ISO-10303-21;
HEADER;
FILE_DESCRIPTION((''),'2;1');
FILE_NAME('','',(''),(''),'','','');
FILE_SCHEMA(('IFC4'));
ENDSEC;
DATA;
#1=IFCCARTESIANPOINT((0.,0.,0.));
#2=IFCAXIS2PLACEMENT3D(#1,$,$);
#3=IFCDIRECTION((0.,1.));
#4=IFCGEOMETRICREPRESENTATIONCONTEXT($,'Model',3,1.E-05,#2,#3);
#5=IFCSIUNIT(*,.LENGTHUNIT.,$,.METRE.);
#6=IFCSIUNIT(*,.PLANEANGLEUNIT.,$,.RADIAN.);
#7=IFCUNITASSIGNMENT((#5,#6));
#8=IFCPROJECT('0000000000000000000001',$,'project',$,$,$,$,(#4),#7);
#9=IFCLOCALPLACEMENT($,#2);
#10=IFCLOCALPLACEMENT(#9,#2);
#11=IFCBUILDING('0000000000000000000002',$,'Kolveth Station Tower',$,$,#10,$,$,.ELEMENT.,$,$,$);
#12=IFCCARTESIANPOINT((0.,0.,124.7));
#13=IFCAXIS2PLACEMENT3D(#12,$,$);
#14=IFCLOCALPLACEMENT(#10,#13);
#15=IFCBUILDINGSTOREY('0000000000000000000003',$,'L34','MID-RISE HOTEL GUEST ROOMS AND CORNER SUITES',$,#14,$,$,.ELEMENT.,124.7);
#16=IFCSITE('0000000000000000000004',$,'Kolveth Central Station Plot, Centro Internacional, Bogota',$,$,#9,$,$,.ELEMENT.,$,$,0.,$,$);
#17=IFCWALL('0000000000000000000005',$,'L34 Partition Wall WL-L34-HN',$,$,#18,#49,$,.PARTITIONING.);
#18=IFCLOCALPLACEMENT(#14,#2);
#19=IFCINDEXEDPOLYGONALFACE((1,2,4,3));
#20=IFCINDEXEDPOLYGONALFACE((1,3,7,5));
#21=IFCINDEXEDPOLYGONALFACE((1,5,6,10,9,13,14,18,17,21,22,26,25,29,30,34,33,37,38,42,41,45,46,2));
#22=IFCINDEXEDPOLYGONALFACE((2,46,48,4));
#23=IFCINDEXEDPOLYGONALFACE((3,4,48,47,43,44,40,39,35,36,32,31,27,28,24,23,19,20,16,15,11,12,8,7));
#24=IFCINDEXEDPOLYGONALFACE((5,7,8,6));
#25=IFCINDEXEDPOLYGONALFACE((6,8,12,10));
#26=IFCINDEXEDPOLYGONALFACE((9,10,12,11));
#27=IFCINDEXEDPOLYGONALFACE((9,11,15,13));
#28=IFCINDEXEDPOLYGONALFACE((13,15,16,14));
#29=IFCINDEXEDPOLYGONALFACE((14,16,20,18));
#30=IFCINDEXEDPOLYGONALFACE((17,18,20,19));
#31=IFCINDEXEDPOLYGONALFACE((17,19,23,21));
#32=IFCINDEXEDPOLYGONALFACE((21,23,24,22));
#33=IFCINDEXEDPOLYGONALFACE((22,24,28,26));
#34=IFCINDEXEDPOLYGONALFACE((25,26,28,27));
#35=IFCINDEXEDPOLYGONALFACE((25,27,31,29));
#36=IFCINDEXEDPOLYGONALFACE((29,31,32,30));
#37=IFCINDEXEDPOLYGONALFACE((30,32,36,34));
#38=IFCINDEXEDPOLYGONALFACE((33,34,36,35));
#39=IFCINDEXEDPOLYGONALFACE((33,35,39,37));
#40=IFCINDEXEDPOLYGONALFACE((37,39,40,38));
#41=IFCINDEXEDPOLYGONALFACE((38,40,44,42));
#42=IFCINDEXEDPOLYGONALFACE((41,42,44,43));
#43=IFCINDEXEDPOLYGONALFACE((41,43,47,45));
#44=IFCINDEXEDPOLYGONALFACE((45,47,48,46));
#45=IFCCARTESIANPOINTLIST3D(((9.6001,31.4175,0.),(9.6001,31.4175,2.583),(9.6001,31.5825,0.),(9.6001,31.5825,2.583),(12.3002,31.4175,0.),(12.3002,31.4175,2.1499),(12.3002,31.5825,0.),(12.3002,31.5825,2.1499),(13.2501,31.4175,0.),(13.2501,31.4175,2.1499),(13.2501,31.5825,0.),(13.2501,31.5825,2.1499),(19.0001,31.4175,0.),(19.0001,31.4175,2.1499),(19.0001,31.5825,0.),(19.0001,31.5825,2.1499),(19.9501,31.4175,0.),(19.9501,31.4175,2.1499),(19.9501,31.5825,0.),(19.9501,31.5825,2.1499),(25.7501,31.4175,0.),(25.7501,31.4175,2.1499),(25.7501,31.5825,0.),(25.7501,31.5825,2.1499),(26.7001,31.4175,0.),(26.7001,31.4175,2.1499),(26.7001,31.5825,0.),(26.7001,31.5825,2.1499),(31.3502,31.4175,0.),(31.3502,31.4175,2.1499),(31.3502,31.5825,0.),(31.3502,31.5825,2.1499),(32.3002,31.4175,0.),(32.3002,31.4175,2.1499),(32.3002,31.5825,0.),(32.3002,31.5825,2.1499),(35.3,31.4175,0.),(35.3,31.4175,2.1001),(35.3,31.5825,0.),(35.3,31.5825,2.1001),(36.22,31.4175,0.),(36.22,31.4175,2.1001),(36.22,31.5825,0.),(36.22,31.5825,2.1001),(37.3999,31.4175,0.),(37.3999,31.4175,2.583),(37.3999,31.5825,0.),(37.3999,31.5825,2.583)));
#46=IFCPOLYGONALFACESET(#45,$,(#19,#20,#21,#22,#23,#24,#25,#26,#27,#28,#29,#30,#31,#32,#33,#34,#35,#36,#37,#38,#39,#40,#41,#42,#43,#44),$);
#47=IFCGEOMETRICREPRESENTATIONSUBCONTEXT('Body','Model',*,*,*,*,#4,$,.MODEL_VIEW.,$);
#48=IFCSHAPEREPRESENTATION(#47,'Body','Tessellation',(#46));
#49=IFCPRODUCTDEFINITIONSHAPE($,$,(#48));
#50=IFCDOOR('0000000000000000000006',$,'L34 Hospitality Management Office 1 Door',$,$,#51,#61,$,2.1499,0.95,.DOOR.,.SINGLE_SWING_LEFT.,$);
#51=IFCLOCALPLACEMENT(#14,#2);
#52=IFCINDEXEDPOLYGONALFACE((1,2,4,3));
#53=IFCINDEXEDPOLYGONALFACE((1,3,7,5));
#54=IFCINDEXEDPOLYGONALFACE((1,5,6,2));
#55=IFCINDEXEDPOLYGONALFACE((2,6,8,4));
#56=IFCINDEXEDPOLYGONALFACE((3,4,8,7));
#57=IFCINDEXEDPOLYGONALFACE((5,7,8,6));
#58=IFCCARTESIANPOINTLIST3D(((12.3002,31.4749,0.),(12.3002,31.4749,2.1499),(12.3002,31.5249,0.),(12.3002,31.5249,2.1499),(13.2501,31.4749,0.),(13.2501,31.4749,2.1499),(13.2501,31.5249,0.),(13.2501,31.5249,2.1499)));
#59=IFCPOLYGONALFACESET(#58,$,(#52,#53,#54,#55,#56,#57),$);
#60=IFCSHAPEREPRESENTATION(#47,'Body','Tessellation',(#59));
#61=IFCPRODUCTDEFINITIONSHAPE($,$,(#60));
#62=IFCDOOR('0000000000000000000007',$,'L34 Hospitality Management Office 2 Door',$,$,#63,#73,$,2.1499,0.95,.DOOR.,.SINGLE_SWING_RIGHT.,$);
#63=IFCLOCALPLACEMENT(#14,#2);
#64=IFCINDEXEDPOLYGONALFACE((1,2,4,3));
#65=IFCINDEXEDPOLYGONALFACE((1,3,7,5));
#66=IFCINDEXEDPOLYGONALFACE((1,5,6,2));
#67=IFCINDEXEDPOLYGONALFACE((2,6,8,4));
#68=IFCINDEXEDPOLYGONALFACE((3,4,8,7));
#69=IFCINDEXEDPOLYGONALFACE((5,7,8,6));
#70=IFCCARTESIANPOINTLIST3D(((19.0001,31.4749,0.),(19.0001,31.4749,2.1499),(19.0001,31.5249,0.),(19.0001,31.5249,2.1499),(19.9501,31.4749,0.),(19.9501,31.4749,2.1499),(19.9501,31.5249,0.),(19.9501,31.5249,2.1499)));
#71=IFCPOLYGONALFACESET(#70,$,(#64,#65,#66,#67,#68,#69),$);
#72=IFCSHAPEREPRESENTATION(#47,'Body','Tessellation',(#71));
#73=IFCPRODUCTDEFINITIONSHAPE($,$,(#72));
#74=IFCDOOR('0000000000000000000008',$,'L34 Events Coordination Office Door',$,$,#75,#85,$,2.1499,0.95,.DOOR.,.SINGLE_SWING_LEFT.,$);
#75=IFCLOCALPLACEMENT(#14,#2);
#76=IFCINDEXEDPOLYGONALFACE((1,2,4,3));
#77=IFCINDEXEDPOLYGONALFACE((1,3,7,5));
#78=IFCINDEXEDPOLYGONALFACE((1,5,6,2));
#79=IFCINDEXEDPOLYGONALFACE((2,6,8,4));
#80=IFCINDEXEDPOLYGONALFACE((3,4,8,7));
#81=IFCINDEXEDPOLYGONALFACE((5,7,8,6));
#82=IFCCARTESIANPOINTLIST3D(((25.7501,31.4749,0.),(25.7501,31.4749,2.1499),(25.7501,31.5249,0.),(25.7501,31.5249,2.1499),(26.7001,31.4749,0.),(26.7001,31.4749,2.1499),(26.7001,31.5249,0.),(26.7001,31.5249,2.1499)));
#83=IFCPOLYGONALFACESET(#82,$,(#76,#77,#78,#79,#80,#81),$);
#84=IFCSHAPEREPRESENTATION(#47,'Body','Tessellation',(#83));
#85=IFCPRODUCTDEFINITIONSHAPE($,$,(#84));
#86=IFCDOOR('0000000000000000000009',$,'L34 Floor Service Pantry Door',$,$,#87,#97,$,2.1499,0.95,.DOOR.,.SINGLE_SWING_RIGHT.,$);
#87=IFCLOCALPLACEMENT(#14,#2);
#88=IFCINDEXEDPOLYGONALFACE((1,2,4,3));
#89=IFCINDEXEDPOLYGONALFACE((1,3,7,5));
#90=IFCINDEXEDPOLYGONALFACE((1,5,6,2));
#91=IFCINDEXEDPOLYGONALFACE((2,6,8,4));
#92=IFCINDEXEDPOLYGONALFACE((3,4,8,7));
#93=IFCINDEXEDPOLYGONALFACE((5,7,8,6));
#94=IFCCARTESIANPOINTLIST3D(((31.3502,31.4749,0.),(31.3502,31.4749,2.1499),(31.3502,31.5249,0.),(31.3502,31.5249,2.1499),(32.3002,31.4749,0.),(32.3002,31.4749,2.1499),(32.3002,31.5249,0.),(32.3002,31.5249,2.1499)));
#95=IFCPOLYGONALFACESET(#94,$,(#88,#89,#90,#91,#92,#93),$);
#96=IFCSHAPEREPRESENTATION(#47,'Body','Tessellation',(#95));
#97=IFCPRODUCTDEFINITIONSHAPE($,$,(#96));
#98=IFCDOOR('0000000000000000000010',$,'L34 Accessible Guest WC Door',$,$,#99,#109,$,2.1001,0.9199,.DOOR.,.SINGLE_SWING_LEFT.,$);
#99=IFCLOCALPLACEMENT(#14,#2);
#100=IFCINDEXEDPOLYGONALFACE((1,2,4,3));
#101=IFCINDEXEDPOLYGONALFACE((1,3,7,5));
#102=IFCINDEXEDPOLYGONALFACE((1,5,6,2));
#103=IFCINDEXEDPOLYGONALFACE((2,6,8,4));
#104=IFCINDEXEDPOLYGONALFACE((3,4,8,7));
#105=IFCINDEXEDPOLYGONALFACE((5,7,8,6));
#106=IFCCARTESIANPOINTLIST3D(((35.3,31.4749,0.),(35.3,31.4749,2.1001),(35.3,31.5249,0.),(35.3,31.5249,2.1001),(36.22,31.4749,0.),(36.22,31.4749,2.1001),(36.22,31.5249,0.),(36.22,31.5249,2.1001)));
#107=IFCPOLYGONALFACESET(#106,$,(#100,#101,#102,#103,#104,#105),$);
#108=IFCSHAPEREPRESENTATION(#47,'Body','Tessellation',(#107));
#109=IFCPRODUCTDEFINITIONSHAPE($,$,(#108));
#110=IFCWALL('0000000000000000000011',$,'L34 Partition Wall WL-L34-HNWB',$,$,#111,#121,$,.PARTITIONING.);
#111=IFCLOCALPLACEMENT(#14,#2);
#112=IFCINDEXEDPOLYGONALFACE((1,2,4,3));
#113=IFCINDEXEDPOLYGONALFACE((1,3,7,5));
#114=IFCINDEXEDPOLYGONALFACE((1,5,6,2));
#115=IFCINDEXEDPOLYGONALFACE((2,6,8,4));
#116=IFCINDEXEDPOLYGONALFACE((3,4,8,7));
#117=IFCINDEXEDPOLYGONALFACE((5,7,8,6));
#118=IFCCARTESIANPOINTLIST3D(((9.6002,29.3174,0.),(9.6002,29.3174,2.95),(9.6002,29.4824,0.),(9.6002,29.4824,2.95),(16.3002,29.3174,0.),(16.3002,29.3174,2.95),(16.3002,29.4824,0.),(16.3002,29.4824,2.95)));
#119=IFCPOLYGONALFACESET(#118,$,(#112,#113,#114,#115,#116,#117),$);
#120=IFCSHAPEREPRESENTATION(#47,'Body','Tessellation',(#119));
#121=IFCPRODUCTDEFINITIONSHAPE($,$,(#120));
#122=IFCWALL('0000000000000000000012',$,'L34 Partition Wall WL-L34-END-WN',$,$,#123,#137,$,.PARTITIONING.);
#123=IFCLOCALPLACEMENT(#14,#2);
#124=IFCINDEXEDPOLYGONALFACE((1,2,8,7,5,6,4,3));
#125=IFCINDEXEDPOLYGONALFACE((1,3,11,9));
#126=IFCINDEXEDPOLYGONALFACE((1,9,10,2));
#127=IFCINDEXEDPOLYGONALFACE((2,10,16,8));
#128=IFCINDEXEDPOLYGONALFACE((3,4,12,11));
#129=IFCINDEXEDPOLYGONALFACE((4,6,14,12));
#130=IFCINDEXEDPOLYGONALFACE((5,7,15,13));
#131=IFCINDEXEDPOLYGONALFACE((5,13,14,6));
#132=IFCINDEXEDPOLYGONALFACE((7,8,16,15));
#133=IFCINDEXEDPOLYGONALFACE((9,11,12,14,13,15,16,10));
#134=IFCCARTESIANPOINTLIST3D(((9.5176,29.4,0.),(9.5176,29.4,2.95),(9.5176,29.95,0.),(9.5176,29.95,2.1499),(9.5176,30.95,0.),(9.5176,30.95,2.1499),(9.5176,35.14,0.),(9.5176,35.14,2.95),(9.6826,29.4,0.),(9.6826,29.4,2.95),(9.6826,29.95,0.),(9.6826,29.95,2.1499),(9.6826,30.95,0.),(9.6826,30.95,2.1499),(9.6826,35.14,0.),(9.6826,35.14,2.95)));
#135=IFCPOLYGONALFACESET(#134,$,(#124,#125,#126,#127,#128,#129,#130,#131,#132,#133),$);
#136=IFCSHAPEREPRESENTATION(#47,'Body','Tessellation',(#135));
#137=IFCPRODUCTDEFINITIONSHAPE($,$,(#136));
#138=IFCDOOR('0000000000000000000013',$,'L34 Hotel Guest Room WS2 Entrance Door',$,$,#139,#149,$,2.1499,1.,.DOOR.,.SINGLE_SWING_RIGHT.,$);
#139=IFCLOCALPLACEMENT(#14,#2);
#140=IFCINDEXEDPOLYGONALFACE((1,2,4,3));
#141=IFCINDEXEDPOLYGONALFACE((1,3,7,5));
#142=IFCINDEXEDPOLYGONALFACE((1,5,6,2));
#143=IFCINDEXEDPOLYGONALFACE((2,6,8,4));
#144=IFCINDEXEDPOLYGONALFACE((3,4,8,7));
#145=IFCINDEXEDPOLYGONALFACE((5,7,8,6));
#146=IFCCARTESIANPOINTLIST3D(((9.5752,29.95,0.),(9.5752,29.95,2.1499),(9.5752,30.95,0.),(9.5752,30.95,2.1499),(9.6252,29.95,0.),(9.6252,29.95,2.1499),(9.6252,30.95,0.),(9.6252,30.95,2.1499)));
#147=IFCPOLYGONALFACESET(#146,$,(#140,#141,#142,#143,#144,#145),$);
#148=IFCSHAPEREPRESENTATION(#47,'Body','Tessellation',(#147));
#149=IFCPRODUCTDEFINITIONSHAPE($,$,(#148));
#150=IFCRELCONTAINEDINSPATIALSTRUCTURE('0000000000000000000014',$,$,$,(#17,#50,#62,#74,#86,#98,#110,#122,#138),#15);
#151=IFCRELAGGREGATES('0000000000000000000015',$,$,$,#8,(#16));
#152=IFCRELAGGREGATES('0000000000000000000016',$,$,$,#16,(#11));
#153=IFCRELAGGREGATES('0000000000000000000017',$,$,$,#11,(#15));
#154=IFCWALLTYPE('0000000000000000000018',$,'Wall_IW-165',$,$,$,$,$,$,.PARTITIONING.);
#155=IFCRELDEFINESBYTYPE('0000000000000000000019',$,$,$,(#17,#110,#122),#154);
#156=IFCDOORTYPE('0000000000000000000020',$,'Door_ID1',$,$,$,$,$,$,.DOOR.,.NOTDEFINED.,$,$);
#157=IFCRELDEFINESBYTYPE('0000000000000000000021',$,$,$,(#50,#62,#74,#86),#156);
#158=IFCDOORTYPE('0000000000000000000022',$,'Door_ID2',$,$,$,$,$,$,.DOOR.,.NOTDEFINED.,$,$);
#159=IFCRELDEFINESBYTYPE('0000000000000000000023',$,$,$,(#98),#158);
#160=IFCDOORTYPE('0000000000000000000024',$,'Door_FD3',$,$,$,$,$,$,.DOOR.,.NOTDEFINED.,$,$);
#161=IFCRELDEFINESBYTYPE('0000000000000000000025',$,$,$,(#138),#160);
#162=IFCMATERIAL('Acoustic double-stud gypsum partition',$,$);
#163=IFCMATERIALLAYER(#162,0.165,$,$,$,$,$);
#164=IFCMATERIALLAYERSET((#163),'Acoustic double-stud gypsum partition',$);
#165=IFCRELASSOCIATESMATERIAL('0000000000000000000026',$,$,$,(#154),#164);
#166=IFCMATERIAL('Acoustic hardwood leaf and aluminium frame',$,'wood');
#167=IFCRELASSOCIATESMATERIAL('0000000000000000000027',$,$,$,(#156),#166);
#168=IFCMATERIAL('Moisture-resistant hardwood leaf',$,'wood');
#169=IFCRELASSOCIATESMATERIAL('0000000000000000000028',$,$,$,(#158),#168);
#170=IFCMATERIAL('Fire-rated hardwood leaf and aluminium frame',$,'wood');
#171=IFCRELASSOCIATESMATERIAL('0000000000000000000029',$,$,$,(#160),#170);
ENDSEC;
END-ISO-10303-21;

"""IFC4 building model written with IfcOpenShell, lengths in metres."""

from ifc_helpers import new_model, si_unit, direction, frame, frame_2d, origin, place, context, subcontext, project, spatial, rectangle, extrude, material, layer, layer_set, type_object, element, fill, save


model = new_model("IFC4")

# Units and contexts
model_context = context("Model", 3, precision=1e-05, world=origin(), true_north=direction((0.0, 1.0)))
body_context = subcontext(model_context, "Body", "Model", "MODEL_VIEW")
ifc_project = project(units=[si_unit("LENGTHUNIT", "METRE"), si_unit("PLANEANGLEUNIT", "RADIAN")], contexts=[model_context])

# Site, building, storey
site_placement = place(None, origin())
site = spatial("IfcSite", under=ifc_project, at=site_placement, Name="Kolveth Central Station Plot, Centro Internacional, Bogota", CompositionType="ELEMENT", RefElevation=0.0)
building_placement = place(site_placement, origin())
building = spatial("IfcBuilding", under=site, at=building_placement, Name="Kolveth Station Tower", CompositionType="ELEMENT")
storey_placement = place(building_placement, frame((0.0, 0.0, 124.7)))
storey = spatial("IfcBuildingStorey", under=building, at=storey_placement, Name="L34", Description="MID-RISE HOTEL GUEST ROOMS AND CORNER SUITES", CompositionType="ELEMENT", Elevation=124.7)

# Wall, openings, doors
ifc_material_1 = material(Name="Acoustic double-stud gypsum partition")
ifc_layer = layer(ifc_material_1, 0.165)
ifc_layer_set = layer_set([ifc_layer], Name="Acoustic double-stud gypsum partition")
wall_type = type_object("IfcWallType", Name="Wall_IW-165", PredefinedType="PARTITIONING", material=ifc_layer_set)
wall_1_placement = place(storey_placement, frame((9.6001, 31.5, 0.0), z_axis=(0.0, 0.0, 1.0), x_axis=(1.0, 0.0, 0.0)))
wall_1 = element("IfcWall", 1, at=wall_1_placement, inside=storey, type_object=wall_type, Name="L34 Partition Wall WL-L34-HN", PredefinedType="PARTITIONING", context=body_context, shape_type="SweptSolid", body=[
    extrude(rectangle(XDim=27.7998, YDim=0.165, at=frame_2d((13.8999, 0.0))), origin(), (0.0, 0.0, 1.0), 2.583),
])
opening_1_placement = place(wall_1_placement, frame((2.7, 0.0, 0.0)))
opening_1 = element("IfcOpeningElement", 2, at=opening_1_placement, cuts=wall_1, PredefinedType="OPENING", context=body_context, shape_type="SweptSolid", body=[
    extrude(rectangle(XDim=0.95, YDim=2.1499, at=frame_2d((0.4751, 1.075))), frame((0.0, 0.0925, 0.0), z_axis=(0.0, -1.0, 0.0), x_axis=(1.0, 0.0, 0.0)), (0.0, 0.0, 1.0), 0.1851),
])
opening_2_placement = place(wall_1_placement, frame((9.3999, 0.0, 0.0)))
opening_2 = element("IfcOpeningElement", 3, at=opening_2_placement, cuts=wall_1, PredefinedType="OPENING", context=body_context, shape_type="SweptSolid", body=[
    extrude(rectangle(XDim=0.95, YDim=2.1499, at=frame_2d((0.4751, 1.075))), frame((0.0, 0.0925, 0.0), z_axis=(0.0, -1.0, 0.0), x_axis=(1.0, 0.0, 0.0)), (0.0, 0.0, 1.0), 0.1851),
])
opening_3_placement = place(wall_1_placement, frame((16.1499, 0.0, 0.0)))
opening_3 = element("IfcOpeningElement", 4, at=opening_3_placement, cuts=wall_1, PredefinedType="OPENING", context=body_context, shape_type="SweptSolid", body=[
    extrude(rectangle(XDim=0.95, YDim=2.1499, at=frame_2d((0.4751, 1.075))), frame((0.0, 0.0925, 0.0), z_axis=(0.0, -1.0, 0.0), x_axis=(1.0, 0.0, 0.0)), (0.0, 0.0, 1.0), 0.1851),
])
opening_4_placement = place(wall_1_placement, frame((21.75, 0.0, 0.0)))
opening_4 = element("IfcOpeningElement", 5, at=opening_4_placement, cuts=wall_1, PredefinedType="OPENING", context=body_context, shape_type="SweptSolid", body=[
    extrude(rectangle(XDim=0.95, YDim=2.1499, at=frame_2d((0.4751, 1.075))), frame((0.0, 0.0925, 0.0), z_axis=(0.0, -1.0, 0.0), x_axis=(1.0, 0.0, 0.0)), (0.0, 0.0, 1.0), 0.1851),
])
opening_5_placement = place(wall_1_placement, frame((25.7, 0.0, 0.0)))
opening_5 = element("IfcOpeningElement", 6, at=opening_5_placement, cuts=wall_1, PredefinedType="OPENING", context=body_context, shape_type="SweptSolid", body=[
    extrude(rectangle(XDim=0.9199, YDim=2.1001, at=frame_2d((0.46, 1.05))), frame((0.0, 0.0925, 0.0), z_axis=(0.0, -1.0, 0.0), x_axis=(1.0, 0.0, 0.0)), (0.0, 0.0, 1.0), 0.1851),
])
ifc_material_2 = material(Name="Acoustic hardwood leaf and aluminium frame", Category="wood")
door_type_1 = type_object("IfcDoorType", Name="Door_ID1", OperationType="NOTDEFINED", PredefinedType="DOOR", material=ifc_material_2)
door_1_placement = place(opening_1_placement, origin())
door_1 = element("IfcDoor", 7, at=door_1_placement, inside=storey, type_object=door_type_1, Name="L34 Hospitality Management Office 1 Door", OperationType="SINGLE_SWING_LEFT", OverallHeight=2.1499, OverallWidth=0.95, PredefinedType="DOOR", context=body_context, shape_type="SweptSolid", body=[
    extrude(rectangle(XDim=0.95, YDim=2.1499, at=frame_2d((0.4751, 1.075))), frame((0.0, 0.0249, 0.0), z_axis=(0.0, -1.0, 0.0), x_axis=(1.0, 0.0, 0.0)), (0.0, 0.0, 1.0), 0.05),
])
fill(opening_1, door_1)
door_2_placement = place(opening_2_placement, origin())
door_2 = element("IfcDoor", 8, at=door_2_placement, inside=storey, type_object=door_type_1, Name="L34 Hospitality Management Office 2 Door", OperationType="SINGLE_SWING_RIGHT", OverallHeight=2.1499, OverallWidth=0.95, PredefinedType="DOOR", context=body_context, shape_type="SweptSolid", body=[
    extrude(rectangle(XDim=0.95, YDim=2.1499, at=frame_2d((0.4751, 1.075))), frame((0.0, 0.0249, 0.0), z_axis=(0.0, -1.0, 0.0), x_axis=(1.0, 0.0, 0.0)), (0.0, 0.0, 1.0), 0.05),
])
fill(opening_2, door_2)
door_3_placement = place(opening_3_placement, origin())
door_3 = element("IfcDoor", 9, at=door_3_placement, inside=storey, type_object=door_type_1, Name="L34 Events Coordination Office Door", OperationType="SINGLE_SWING_LEFT", OverallHeight=2.1499, OverallWidth=0.95, PredefinedType="DOOR", context=body_context, shape_type="SweptSolid", body=[
    extrude(rectangle(XDim=0.95, YDim=2.1499, at=frame_2d((0.4751, 1.075))), frame((0.0, 0.0249, 0.0), z_axis=(0.0, -1.0, 0.0), x_axis=(1.0, 0.0, 0.0)), (0.0, 0.0, 1.0), 0.05),
])
fill(opening_3, door_3)
door_4_placement = place(opening_4_placement, origin())
door_4 = element("IfcDoor", 10, at=door_4_placement, inside=storey, type_object=door_type_1, Name="L34 Floor Service Pantry Door", OperationType="SINGLE_SWING_RIGHT", OverallHeight=2.1499, OverallWidth=0.95, PredefinedType="DOOR", context=body_context, shape_type="SweptSolid", body=[
    extrude(rectangle(XDim=0.95, YDim=2.1499, at=frame_2d((0.4751, 1.075))), frame((0.0, 0.0249, 0.0), z_axis=(0.0, -1.0, 0.0), x_axis=(1.0, 0.0, 0.0)), (0.0, 0.0, 1.0), 0.05),
])
fill(opening_4, door_4)
ifc_material_3 = material(Name="Moisture-resistant hardwood leaf", Category="wood")
door_type_2 = type_object("IfcDoorType", Name="Door_ID2", OperationType="NOTDEFINED", PredefinedType="DOOR", material=ifc_material_3)
door_5_placement = place(opening_5_placement, origin())
door_5 = element("IfcDoor", 11, at=door_5_placement, inside=storey, type_object=door_type_2, Name="L34 Accessible Guest WC Door", OperationType="SINGLE_SWING_LEFT", OverallHeight=2.1001, OverallWidth=0.9199, PredefinedType="DOOR", context=body_context, shape_type="SweptSolid", body=[
    extrude(rectangle(XDim=0.9199, YDim=2.1001, at=frame_2d((0.46, 1.05))), frame((0.0, 0.0249, 0.0), z_axis=(0.0, -1.0, 0.0), x_axis=(1.0, 0.0, 0.0)), (0.0, 0.0, 1.0), 0.05),
])
fill(opening_5, door_5)

# Wall
wall_2_placement = place(storey_placement, frame((9.6001, 29.3999, 0.0), z_axis=(0.0, 0.0, 1.0), x_axis=(1.0, 0.0, 0.0)))
element("IfcWall", 12, at=wall_2_placement, inside=storey, type_object=wall_type, Name="L34 Partition Wall WL-L34-HNWB", PredefinedType="PARTITIONING", context=body_context, shape_type="SweptSolid", body=[
    extrude(rectangle(XDim=6.7, YDim=0.165, at=frame_2d((3.3501, 0.0))), origin(), (0.0, 0.0, 1.0), 2.95),
])

# Wall, opening, door
wall_3_placement = place(storey_placement, frame((9.6001, 29.3999, 0.0), z_axis=(0.0, 0.0, 1.0), x_axis=(0.0, 1.0, 0.0)))
wall_3 = element("IfcWall", 13, at=wall_3_placement, inside=storey, type_object=wall_type, Name="L34 Partition Wall WL-L34-END-WN", PredefinedType="PARTITIONING", context=body_context, shape_type="SweptSolid", body=[
    extrude(rectangle(XDim=5.74, YDim=0.165, at=frame_2d((2.8701, 0.0))), origin(), (0.0, 0.0, 1.0), 2.95),
])
opening_6_placement = place(wall_3_placement, frame((0.55, 0.0, 0.0)))
opening_6 = element("IfcOpeningElement", 14, at=opening_6_placement, cuts=wall_3, PredefinedType="OPENING", context=body_context, shape_type="SweptSolid", body=[
    extrude(rectangle(XDim=1.0, YDim=2.1499, at=frame_2d((0.5, 1.075))), frame((0.0, 0.0925, 0.0), z_axis=(0.0, -1.0, 0.0), x_axis=(1.0, 0.0, 0.0)), (0.0, 0.0, 1.0), 0.1851),
])
ifc_material_4 = material(Name="Fire-rated hardwood leaf and aluminium frame", Category="wood")
door_type_3 = type_object("IfcDoorType", Name="Door_FD3", OperationType="NOTDEFINED", PredefinedType="DOOR", material=ifc_material_4)
door_6_placement = place(opening_6_placement, origin())
door_6 = element("IfcDoor", 15, at=door_6_placement, inside=storey, type_object=door_type_3, Name="L34 Hotel Guest Room WS2 Entrance Door", OperationType="SINGLE_SWING_RIGHT", OverallHeight=2.1499, OverallWidth=1.0, PredefinedType="DOOR", context=body_context, shape_type="SweptSolid", body=[
    extrude(rectangle(XDim=1.0, YDim=2.1499, at=frame_2d((0.5, 1.075))), frame((0.0, 0.0249, 0.0), z_axis=(0.0, -1.0, 0.0), x_axis=(1.0, 0.0, 0.0)), (0.0, 0.0, 1.0), 0.05),
])
fill(opening_6, door_6)

save(model, "model.ifc")
